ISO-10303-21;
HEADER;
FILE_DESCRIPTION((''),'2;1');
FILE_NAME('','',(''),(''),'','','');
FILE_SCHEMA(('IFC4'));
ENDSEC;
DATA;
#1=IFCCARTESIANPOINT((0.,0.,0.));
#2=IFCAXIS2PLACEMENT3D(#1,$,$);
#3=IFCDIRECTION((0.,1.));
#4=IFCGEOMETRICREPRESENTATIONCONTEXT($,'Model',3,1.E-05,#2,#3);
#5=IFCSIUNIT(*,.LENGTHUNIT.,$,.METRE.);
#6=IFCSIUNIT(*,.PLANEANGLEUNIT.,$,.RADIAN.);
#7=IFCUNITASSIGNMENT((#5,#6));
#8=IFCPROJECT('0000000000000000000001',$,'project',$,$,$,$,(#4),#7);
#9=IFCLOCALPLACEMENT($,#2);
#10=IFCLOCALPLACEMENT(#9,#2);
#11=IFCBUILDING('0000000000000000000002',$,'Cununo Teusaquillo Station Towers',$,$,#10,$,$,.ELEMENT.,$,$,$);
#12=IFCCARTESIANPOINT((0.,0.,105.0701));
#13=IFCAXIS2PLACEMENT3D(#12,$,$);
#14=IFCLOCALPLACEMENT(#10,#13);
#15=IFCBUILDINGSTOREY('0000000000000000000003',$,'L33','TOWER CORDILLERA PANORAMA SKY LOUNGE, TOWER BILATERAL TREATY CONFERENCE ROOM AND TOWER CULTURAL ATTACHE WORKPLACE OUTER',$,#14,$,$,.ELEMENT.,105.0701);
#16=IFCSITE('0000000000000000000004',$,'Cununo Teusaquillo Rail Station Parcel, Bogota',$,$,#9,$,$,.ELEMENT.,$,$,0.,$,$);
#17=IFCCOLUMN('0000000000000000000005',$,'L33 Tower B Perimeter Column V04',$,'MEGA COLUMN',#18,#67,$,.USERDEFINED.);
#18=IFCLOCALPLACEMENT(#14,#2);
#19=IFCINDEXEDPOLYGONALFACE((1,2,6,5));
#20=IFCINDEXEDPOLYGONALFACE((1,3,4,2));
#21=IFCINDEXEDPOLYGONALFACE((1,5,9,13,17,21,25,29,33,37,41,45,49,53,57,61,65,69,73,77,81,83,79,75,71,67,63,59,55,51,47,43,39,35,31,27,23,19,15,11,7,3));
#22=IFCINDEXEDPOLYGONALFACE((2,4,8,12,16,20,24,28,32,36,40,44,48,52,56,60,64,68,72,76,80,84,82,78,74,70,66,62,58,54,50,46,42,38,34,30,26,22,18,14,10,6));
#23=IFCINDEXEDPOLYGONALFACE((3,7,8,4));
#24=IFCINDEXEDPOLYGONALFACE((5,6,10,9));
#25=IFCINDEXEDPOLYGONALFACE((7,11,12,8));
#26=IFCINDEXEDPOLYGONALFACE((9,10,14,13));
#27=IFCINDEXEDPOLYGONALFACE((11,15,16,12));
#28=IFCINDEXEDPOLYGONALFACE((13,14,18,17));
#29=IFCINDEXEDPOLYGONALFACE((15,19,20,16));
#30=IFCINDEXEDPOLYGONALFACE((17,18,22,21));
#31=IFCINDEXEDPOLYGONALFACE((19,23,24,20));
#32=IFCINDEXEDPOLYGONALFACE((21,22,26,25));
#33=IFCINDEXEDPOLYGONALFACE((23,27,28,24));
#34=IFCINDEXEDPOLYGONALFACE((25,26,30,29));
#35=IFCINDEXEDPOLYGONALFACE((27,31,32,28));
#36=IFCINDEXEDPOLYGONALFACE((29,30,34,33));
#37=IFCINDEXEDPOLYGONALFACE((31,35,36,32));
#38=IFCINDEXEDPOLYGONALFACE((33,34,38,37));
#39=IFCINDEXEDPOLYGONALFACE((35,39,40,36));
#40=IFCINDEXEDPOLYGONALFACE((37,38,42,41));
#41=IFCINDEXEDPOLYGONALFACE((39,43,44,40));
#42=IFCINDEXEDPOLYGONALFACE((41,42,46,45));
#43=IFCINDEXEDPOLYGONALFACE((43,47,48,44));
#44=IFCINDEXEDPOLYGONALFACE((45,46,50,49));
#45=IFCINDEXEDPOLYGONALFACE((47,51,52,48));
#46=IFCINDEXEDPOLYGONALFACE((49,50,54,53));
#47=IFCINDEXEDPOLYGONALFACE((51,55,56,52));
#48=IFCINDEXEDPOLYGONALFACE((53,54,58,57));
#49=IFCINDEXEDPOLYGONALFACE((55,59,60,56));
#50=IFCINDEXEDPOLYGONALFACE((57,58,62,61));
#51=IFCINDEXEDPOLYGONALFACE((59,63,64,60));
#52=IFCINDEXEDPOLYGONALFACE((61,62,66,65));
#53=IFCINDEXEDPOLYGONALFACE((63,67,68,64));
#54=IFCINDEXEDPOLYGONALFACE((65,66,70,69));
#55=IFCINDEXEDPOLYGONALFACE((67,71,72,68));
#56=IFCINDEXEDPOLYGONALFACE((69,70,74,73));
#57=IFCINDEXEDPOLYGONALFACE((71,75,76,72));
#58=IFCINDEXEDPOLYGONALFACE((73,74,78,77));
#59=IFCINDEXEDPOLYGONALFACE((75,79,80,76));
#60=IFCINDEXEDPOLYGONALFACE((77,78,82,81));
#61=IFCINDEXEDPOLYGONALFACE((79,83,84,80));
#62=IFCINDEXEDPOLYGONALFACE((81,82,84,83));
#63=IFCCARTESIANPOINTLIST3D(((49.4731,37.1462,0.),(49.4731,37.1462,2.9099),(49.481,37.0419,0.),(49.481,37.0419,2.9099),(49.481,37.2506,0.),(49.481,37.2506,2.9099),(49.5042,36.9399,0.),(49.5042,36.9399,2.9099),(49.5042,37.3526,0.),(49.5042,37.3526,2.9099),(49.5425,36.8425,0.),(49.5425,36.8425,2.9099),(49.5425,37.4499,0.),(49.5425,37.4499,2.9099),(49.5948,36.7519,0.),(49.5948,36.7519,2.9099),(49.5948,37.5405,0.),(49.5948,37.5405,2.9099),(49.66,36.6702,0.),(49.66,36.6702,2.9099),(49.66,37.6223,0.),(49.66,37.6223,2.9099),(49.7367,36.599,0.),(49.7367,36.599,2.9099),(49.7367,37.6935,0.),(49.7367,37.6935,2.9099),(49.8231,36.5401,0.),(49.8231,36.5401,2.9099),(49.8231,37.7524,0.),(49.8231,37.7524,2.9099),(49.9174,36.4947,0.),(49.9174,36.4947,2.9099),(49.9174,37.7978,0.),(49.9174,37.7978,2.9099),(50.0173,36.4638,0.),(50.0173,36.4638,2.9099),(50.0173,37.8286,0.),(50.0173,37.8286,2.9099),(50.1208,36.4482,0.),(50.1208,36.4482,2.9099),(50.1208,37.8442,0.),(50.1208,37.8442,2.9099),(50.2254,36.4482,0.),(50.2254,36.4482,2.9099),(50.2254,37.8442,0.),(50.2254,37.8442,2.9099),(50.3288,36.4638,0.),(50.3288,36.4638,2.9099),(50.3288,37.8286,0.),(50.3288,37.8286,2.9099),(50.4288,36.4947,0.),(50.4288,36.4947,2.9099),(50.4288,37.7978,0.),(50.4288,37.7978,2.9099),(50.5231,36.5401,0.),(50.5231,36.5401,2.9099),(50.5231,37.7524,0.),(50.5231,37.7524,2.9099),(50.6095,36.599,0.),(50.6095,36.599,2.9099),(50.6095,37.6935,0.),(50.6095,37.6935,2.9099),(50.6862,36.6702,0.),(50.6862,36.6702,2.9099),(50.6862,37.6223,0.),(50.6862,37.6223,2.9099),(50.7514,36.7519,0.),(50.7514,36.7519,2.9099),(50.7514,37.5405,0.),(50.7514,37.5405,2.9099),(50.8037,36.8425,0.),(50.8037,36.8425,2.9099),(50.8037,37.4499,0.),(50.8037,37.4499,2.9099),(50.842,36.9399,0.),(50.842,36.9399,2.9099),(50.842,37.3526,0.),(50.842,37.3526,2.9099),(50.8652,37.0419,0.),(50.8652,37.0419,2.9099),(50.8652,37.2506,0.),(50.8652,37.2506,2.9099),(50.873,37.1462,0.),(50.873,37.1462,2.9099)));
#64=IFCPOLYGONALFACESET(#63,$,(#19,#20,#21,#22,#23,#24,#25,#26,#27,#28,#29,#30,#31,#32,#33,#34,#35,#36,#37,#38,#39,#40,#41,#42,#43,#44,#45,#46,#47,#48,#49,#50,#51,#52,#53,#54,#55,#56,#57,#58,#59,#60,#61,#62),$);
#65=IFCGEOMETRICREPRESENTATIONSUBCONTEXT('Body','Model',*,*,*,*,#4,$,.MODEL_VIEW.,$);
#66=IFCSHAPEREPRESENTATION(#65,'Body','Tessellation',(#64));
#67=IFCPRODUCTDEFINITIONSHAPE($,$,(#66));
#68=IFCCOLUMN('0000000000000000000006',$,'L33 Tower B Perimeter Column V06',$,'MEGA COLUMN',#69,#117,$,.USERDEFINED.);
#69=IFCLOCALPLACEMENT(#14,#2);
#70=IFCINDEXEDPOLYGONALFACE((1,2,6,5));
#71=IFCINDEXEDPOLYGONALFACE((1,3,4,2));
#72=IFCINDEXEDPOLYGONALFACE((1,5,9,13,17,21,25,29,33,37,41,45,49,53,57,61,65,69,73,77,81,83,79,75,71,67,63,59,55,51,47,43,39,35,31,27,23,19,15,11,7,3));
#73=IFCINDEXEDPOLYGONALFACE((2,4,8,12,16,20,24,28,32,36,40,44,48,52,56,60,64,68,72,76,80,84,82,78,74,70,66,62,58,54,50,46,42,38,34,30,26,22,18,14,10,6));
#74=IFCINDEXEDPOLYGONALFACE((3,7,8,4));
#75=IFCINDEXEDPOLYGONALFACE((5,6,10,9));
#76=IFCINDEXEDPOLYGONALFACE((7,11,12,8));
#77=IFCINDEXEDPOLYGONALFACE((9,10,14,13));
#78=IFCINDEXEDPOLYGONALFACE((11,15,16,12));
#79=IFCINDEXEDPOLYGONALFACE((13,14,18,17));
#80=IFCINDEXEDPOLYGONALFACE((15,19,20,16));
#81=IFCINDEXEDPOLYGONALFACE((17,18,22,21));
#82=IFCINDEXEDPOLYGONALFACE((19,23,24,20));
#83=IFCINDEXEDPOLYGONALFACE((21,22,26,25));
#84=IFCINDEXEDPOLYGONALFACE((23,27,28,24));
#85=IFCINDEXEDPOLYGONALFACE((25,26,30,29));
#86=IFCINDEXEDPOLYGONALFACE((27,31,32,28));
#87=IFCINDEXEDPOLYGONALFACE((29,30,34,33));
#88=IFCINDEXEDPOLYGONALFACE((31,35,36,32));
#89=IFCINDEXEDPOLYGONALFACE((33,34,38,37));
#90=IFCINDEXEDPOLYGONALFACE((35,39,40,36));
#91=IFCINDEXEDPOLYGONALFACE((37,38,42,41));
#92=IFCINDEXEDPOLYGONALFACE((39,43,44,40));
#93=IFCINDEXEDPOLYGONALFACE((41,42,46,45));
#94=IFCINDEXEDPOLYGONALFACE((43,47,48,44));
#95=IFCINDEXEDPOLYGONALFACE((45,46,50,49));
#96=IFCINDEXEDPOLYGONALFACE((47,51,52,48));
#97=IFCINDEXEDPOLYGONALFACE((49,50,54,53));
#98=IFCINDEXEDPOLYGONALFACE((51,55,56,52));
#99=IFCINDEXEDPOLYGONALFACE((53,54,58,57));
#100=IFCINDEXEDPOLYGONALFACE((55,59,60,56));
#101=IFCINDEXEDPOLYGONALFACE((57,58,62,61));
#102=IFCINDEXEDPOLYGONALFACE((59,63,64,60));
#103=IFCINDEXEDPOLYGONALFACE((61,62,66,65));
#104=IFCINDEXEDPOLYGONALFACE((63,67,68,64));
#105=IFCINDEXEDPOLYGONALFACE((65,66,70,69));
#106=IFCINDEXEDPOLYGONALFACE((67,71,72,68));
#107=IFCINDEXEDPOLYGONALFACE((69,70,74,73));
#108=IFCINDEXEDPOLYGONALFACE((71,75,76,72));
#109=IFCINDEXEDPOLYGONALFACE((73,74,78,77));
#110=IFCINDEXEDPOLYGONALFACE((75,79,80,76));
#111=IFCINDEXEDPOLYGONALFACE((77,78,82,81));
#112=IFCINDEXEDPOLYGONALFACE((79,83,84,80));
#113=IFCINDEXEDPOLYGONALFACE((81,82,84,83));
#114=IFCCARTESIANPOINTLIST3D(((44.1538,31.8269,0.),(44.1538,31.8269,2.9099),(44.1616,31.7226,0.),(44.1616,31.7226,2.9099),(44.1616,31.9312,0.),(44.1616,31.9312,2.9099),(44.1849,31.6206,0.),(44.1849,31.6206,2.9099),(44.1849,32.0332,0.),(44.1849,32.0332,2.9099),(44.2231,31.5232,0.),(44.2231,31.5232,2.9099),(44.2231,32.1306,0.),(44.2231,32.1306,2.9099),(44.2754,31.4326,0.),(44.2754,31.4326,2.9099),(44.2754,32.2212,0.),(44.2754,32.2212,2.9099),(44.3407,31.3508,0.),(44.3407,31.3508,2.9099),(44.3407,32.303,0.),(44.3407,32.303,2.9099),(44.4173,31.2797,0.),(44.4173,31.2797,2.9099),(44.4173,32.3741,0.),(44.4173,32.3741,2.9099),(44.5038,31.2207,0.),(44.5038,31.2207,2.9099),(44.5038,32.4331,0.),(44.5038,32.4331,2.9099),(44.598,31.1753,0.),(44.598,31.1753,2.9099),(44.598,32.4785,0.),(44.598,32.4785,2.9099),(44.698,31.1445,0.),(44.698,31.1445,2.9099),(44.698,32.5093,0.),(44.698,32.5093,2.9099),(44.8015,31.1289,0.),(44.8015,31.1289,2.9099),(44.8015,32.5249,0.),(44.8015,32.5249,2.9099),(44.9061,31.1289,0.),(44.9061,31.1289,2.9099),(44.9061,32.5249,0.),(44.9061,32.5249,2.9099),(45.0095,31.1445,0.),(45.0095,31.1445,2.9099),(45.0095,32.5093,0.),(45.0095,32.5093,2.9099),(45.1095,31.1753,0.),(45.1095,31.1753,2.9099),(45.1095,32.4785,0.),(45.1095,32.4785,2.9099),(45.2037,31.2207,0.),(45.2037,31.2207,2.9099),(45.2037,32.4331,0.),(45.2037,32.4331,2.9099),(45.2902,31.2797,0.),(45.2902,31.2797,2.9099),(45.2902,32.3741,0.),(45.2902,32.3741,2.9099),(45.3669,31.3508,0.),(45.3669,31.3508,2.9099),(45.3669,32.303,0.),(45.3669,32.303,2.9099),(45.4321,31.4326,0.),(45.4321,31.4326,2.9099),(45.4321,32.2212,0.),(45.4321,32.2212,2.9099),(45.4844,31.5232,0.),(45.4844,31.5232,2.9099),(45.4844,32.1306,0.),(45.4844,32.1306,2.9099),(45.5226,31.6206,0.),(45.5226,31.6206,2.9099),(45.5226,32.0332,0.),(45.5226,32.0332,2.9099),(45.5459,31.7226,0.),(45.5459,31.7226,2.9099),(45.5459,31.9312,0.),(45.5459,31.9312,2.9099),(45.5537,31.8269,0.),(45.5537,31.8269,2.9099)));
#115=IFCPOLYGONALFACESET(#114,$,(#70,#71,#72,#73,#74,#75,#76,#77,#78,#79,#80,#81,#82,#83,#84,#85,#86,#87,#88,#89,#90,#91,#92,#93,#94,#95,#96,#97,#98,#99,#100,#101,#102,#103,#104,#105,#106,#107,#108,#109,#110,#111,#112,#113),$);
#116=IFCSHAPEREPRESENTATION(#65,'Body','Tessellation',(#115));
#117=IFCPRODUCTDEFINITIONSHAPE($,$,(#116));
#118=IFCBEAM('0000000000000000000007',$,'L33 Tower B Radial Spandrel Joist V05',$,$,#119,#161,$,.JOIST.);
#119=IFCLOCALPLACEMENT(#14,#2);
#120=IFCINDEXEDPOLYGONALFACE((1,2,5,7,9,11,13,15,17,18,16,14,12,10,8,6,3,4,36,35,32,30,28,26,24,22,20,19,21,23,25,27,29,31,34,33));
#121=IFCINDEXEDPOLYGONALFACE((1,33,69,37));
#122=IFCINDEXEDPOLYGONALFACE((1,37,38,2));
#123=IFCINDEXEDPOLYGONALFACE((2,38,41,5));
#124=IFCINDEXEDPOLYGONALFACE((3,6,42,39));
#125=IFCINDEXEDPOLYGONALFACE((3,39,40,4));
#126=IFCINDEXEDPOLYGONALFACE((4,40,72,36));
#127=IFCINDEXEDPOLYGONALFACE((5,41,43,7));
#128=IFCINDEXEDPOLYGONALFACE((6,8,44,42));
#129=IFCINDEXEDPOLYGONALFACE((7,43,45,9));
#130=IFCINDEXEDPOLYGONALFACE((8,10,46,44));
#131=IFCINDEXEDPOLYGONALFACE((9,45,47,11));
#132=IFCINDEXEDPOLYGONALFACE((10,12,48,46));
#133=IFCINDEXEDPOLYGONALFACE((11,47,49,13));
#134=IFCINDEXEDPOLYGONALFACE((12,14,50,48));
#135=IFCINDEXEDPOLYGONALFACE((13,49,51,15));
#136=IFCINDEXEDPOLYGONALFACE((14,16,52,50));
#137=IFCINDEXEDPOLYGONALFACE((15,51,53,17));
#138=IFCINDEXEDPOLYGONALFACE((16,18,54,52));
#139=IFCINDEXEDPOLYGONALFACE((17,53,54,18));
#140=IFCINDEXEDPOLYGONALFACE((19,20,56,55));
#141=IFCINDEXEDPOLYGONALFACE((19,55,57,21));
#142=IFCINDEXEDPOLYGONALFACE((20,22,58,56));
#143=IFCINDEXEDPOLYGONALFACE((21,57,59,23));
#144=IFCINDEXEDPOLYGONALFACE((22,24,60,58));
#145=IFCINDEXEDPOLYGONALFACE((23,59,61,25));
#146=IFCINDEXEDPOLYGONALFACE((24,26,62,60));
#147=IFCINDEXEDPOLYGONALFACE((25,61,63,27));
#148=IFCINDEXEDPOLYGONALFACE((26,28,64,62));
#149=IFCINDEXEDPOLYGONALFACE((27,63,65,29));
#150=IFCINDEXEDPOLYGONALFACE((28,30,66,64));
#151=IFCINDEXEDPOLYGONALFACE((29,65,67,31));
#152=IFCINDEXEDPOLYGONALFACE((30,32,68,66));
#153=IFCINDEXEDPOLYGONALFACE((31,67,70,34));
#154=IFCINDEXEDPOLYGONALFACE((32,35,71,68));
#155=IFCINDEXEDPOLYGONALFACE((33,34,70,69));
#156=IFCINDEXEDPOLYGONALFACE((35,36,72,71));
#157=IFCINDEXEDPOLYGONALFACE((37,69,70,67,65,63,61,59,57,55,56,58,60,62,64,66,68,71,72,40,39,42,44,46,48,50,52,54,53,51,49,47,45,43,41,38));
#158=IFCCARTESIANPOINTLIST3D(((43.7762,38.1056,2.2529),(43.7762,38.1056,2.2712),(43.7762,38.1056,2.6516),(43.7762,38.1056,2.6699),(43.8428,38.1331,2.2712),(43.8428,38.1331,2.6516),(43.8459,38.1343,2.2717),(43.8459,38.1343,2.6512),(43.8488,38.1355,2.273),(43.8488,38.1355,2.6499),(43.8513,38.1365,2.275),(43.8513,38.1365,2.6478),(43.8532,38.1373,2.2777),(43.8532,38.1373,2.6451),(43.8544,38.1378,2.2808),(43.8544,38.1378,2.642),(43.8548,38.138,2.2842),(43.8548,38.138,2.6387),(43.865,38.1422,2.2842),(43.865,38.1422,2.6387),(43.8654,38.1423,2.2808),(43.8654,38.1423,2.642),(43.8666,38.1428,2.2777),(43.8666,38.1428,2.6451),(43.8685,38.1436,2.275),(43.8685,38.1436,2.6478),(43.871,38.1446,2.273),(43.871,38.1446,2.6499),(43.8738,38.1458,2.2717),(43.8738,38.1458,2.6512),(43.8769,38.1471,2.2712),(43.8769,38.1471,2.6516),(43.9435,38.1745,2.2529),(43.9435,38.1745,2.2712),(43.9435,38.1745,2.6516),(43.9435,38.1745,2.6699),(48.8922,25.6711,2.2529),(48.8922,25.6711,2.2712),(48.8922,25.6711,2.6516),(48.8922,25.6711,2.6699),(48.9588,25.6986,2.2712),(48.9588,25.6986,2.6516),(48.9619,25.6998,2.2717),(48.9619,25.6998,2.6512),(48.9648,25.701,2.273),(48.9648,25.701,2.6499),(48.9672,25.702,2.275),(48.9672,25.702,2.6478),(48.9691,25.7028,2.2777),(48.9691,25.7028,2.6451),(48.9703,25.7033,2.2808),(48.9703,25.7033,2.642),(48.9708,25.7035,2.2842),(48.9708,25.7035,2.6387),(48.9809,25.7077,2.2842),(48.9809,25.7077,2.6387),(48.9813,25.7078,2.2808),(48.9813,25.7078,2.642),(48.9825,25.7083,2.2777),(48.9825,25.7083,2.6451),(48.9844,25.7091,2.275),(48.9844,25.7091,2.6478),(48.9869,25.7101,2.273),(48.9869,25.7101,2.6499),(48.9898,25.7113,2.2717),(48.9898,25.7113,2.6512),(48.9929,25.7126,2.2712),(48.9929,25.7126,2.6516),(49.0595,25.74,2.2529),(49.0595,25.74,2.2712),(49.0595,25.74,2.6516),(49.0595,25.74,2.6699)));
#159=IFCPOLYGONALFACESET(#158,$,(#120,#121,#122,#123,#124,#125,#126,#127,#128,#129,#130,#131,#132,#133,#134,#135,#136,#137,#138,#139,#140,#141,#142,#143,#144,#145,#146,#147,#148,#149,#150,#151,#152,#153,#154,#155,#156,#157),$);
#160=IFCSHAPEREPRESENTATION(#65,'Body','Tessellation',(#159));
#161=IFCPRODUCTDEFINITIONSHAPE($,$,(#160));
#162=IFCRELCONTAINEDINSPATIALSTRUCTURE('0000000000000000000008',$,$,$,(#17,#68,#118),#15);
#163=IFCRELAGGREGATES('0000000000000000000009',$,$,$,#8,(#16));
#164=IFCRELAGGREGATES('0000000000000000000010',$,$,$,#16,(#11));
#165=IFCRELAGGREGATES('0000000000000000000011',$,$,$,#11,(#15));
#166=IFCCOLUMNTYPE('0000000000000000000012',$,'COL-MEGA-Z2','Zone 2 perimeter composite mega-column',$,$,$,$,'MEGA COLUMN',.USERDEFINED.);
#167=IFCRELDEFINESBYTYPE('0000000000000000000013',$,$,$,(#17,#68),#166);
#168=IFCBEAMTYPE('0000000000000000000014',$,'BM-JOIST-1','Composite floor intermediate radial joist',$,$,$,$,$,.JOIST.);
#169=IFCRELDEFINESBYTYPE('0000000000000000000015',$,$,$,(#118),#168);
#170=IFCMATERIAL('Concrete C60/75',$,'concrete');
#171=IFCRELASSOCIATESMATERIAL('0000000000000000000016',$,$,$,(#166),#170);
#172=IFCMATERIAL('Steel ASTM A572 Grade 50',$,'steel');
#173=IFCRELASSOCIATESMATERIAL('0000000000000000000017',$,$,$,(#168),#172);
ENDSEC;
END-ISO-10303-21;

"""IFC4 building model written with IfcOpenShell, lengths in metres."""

from ifc_helpers import new_model, si_unit, direction, frame, origin, origin_2d, place, context, subcontext, project, spatial, circle, i_section, extrude, material, material_profile, profile_set, type_object, element, save


model = new_model("IFC4")

# Units and contexts
model_context = context("Model", 3, precision=1e-05, world=origin(), true_north=direction((0.0, 1.0)))
body_context = subcontext(model_context, "Body", "Model", "MODEL_VIEW")
ifc_project = project(units=[si_unit("LENGTHUNIT", "METRE"), si_unit("PLANEANGLEUNIT", "RADIAN")], contexts=[model_context])

# Site, building, storey
site_placement = place(None, origin())
site = spatial("IfcSite", under=ifc_project, at=site_placement, Name="Cununo Teusaquillo Rail Station Parcel, Bogota", CompositionType="ELEMENT", RefElevation=0.0)
building_placement = place(site_placement, origin())
building = spatial("IfcBuilding", under=site, at=building_placement, Name="Cununo Teusaquillo Station Towers", CompositionType="ELEMENT")
storey_placement = place(building_placement, frame((0.0, 0.0, 105.0701)))
storey = spatial("IfcBuildingStorey", under=building, at=storey_placement, Name="L33", Description="TOWER CORDILLERA PANORAMA SKY LOUNGE, TOWER BILATERAL TREATY CONFERENCE ROOM AND TOWER CULTURAL ATTACHE WORKPLACE OUTER", CompositionType="ELEMENT", Elevation=105.0701)

# Columns
ifc_material_1 = material(Name="Concrete C60/75", Category="concrete")
ifc_material_profile_1 = material_profile(ifc_material_1, circle(Radius=0.7, at=origin_2d()), Name="RC-CIRC-1400")
ifc_profile_set_1 = profile_set([ifc_material_profile_1], Name="Concrete C60/75")
column_type = type_object("IfcColumnType", Name="COL-MEGA-Z2", Description="Zone 2 perimeter composite mega-column", ElementType="MEGA COLUMN", PredefinedType="USERDEFINED", material=ifc_profile_set_1)
for number, where, z_axis, x_axis, name in (
    (1, (50.1731, 37.1462, 0.0), (0.0, 0.0, 1.0), (1.0, 0.0, 0.0), "L33 Tower B Perimeter Column V04"),
    (2, (44.8538, 31.8269, 0.0), (0.0, 0.0, 1.0), (1.0, 0.0, 0.0), "L33 Tower B Perimeter Column V06"),
):
    element("IfcColumn", number, at=place(storey_placement, frame(where, z_axis=z_axis, x_axis=x_axis)), inside=storey, type_object=column_type, Name=name, ObjectType="MEGA COLUMN", PredefinedType="USERDEFINED", context=body_context, shape_type="SweptSolid", body=[
        extrude(circle(Radius=0.7, at=origin_2d()), origin(), (0.0, 0.0, 1.0), 2.9099),
    ])

# Beam
ifc_material_2 = material(Name="Steel ASTM A572 Grade 50", Category="steel")
ifc_material_profile_2 = material_profile(ifc_material_2, i_section(OverallWidth=0.1809, OverallDepth=0.417, WebThickness=0.011, FlangeThickness=0.0183, FilletRadius=0.0129, at=origin_2d()), Name="W16X57")
ifc_profile_set_2 = profile_set([ifc_material_profile_2], Name="Steel ASTM A572 Grade 50")
beam_type_1 = type_object("IfcBeamType", Name="BM-JOIST-1", Description="Composite floor intermediate radial joist", PredefinedType="JOIST", material=ifc_profile_set_2)
beam_1_placement = place(storey_placement, frame((48.9758, 25.7056, 2.4614), z_axis=(-0.380486, 0.924787, 0.0), x_axis=(-0.924787, -0.380486, 0.0)))
element("IfcBeam", 3, at=beam_1_placement, inside=storey, type_object=beam_type_1, Name="L33 Tower B Radial Spandrel Joist V05", PredefinedType="JOIST", context=body_context, shape_type="SweptSolid", body=[
    extrude(i_section(OverallWidth=0.1809, OverallDepth=0.417, WebThickness=0.011, FlangeThickness=0.0183, FilletRadius=0.0129, at=origin_2d()), origin(), (0.0, 0.0, 1.0), 13.4458),
])

save(model, "model.ifc")
